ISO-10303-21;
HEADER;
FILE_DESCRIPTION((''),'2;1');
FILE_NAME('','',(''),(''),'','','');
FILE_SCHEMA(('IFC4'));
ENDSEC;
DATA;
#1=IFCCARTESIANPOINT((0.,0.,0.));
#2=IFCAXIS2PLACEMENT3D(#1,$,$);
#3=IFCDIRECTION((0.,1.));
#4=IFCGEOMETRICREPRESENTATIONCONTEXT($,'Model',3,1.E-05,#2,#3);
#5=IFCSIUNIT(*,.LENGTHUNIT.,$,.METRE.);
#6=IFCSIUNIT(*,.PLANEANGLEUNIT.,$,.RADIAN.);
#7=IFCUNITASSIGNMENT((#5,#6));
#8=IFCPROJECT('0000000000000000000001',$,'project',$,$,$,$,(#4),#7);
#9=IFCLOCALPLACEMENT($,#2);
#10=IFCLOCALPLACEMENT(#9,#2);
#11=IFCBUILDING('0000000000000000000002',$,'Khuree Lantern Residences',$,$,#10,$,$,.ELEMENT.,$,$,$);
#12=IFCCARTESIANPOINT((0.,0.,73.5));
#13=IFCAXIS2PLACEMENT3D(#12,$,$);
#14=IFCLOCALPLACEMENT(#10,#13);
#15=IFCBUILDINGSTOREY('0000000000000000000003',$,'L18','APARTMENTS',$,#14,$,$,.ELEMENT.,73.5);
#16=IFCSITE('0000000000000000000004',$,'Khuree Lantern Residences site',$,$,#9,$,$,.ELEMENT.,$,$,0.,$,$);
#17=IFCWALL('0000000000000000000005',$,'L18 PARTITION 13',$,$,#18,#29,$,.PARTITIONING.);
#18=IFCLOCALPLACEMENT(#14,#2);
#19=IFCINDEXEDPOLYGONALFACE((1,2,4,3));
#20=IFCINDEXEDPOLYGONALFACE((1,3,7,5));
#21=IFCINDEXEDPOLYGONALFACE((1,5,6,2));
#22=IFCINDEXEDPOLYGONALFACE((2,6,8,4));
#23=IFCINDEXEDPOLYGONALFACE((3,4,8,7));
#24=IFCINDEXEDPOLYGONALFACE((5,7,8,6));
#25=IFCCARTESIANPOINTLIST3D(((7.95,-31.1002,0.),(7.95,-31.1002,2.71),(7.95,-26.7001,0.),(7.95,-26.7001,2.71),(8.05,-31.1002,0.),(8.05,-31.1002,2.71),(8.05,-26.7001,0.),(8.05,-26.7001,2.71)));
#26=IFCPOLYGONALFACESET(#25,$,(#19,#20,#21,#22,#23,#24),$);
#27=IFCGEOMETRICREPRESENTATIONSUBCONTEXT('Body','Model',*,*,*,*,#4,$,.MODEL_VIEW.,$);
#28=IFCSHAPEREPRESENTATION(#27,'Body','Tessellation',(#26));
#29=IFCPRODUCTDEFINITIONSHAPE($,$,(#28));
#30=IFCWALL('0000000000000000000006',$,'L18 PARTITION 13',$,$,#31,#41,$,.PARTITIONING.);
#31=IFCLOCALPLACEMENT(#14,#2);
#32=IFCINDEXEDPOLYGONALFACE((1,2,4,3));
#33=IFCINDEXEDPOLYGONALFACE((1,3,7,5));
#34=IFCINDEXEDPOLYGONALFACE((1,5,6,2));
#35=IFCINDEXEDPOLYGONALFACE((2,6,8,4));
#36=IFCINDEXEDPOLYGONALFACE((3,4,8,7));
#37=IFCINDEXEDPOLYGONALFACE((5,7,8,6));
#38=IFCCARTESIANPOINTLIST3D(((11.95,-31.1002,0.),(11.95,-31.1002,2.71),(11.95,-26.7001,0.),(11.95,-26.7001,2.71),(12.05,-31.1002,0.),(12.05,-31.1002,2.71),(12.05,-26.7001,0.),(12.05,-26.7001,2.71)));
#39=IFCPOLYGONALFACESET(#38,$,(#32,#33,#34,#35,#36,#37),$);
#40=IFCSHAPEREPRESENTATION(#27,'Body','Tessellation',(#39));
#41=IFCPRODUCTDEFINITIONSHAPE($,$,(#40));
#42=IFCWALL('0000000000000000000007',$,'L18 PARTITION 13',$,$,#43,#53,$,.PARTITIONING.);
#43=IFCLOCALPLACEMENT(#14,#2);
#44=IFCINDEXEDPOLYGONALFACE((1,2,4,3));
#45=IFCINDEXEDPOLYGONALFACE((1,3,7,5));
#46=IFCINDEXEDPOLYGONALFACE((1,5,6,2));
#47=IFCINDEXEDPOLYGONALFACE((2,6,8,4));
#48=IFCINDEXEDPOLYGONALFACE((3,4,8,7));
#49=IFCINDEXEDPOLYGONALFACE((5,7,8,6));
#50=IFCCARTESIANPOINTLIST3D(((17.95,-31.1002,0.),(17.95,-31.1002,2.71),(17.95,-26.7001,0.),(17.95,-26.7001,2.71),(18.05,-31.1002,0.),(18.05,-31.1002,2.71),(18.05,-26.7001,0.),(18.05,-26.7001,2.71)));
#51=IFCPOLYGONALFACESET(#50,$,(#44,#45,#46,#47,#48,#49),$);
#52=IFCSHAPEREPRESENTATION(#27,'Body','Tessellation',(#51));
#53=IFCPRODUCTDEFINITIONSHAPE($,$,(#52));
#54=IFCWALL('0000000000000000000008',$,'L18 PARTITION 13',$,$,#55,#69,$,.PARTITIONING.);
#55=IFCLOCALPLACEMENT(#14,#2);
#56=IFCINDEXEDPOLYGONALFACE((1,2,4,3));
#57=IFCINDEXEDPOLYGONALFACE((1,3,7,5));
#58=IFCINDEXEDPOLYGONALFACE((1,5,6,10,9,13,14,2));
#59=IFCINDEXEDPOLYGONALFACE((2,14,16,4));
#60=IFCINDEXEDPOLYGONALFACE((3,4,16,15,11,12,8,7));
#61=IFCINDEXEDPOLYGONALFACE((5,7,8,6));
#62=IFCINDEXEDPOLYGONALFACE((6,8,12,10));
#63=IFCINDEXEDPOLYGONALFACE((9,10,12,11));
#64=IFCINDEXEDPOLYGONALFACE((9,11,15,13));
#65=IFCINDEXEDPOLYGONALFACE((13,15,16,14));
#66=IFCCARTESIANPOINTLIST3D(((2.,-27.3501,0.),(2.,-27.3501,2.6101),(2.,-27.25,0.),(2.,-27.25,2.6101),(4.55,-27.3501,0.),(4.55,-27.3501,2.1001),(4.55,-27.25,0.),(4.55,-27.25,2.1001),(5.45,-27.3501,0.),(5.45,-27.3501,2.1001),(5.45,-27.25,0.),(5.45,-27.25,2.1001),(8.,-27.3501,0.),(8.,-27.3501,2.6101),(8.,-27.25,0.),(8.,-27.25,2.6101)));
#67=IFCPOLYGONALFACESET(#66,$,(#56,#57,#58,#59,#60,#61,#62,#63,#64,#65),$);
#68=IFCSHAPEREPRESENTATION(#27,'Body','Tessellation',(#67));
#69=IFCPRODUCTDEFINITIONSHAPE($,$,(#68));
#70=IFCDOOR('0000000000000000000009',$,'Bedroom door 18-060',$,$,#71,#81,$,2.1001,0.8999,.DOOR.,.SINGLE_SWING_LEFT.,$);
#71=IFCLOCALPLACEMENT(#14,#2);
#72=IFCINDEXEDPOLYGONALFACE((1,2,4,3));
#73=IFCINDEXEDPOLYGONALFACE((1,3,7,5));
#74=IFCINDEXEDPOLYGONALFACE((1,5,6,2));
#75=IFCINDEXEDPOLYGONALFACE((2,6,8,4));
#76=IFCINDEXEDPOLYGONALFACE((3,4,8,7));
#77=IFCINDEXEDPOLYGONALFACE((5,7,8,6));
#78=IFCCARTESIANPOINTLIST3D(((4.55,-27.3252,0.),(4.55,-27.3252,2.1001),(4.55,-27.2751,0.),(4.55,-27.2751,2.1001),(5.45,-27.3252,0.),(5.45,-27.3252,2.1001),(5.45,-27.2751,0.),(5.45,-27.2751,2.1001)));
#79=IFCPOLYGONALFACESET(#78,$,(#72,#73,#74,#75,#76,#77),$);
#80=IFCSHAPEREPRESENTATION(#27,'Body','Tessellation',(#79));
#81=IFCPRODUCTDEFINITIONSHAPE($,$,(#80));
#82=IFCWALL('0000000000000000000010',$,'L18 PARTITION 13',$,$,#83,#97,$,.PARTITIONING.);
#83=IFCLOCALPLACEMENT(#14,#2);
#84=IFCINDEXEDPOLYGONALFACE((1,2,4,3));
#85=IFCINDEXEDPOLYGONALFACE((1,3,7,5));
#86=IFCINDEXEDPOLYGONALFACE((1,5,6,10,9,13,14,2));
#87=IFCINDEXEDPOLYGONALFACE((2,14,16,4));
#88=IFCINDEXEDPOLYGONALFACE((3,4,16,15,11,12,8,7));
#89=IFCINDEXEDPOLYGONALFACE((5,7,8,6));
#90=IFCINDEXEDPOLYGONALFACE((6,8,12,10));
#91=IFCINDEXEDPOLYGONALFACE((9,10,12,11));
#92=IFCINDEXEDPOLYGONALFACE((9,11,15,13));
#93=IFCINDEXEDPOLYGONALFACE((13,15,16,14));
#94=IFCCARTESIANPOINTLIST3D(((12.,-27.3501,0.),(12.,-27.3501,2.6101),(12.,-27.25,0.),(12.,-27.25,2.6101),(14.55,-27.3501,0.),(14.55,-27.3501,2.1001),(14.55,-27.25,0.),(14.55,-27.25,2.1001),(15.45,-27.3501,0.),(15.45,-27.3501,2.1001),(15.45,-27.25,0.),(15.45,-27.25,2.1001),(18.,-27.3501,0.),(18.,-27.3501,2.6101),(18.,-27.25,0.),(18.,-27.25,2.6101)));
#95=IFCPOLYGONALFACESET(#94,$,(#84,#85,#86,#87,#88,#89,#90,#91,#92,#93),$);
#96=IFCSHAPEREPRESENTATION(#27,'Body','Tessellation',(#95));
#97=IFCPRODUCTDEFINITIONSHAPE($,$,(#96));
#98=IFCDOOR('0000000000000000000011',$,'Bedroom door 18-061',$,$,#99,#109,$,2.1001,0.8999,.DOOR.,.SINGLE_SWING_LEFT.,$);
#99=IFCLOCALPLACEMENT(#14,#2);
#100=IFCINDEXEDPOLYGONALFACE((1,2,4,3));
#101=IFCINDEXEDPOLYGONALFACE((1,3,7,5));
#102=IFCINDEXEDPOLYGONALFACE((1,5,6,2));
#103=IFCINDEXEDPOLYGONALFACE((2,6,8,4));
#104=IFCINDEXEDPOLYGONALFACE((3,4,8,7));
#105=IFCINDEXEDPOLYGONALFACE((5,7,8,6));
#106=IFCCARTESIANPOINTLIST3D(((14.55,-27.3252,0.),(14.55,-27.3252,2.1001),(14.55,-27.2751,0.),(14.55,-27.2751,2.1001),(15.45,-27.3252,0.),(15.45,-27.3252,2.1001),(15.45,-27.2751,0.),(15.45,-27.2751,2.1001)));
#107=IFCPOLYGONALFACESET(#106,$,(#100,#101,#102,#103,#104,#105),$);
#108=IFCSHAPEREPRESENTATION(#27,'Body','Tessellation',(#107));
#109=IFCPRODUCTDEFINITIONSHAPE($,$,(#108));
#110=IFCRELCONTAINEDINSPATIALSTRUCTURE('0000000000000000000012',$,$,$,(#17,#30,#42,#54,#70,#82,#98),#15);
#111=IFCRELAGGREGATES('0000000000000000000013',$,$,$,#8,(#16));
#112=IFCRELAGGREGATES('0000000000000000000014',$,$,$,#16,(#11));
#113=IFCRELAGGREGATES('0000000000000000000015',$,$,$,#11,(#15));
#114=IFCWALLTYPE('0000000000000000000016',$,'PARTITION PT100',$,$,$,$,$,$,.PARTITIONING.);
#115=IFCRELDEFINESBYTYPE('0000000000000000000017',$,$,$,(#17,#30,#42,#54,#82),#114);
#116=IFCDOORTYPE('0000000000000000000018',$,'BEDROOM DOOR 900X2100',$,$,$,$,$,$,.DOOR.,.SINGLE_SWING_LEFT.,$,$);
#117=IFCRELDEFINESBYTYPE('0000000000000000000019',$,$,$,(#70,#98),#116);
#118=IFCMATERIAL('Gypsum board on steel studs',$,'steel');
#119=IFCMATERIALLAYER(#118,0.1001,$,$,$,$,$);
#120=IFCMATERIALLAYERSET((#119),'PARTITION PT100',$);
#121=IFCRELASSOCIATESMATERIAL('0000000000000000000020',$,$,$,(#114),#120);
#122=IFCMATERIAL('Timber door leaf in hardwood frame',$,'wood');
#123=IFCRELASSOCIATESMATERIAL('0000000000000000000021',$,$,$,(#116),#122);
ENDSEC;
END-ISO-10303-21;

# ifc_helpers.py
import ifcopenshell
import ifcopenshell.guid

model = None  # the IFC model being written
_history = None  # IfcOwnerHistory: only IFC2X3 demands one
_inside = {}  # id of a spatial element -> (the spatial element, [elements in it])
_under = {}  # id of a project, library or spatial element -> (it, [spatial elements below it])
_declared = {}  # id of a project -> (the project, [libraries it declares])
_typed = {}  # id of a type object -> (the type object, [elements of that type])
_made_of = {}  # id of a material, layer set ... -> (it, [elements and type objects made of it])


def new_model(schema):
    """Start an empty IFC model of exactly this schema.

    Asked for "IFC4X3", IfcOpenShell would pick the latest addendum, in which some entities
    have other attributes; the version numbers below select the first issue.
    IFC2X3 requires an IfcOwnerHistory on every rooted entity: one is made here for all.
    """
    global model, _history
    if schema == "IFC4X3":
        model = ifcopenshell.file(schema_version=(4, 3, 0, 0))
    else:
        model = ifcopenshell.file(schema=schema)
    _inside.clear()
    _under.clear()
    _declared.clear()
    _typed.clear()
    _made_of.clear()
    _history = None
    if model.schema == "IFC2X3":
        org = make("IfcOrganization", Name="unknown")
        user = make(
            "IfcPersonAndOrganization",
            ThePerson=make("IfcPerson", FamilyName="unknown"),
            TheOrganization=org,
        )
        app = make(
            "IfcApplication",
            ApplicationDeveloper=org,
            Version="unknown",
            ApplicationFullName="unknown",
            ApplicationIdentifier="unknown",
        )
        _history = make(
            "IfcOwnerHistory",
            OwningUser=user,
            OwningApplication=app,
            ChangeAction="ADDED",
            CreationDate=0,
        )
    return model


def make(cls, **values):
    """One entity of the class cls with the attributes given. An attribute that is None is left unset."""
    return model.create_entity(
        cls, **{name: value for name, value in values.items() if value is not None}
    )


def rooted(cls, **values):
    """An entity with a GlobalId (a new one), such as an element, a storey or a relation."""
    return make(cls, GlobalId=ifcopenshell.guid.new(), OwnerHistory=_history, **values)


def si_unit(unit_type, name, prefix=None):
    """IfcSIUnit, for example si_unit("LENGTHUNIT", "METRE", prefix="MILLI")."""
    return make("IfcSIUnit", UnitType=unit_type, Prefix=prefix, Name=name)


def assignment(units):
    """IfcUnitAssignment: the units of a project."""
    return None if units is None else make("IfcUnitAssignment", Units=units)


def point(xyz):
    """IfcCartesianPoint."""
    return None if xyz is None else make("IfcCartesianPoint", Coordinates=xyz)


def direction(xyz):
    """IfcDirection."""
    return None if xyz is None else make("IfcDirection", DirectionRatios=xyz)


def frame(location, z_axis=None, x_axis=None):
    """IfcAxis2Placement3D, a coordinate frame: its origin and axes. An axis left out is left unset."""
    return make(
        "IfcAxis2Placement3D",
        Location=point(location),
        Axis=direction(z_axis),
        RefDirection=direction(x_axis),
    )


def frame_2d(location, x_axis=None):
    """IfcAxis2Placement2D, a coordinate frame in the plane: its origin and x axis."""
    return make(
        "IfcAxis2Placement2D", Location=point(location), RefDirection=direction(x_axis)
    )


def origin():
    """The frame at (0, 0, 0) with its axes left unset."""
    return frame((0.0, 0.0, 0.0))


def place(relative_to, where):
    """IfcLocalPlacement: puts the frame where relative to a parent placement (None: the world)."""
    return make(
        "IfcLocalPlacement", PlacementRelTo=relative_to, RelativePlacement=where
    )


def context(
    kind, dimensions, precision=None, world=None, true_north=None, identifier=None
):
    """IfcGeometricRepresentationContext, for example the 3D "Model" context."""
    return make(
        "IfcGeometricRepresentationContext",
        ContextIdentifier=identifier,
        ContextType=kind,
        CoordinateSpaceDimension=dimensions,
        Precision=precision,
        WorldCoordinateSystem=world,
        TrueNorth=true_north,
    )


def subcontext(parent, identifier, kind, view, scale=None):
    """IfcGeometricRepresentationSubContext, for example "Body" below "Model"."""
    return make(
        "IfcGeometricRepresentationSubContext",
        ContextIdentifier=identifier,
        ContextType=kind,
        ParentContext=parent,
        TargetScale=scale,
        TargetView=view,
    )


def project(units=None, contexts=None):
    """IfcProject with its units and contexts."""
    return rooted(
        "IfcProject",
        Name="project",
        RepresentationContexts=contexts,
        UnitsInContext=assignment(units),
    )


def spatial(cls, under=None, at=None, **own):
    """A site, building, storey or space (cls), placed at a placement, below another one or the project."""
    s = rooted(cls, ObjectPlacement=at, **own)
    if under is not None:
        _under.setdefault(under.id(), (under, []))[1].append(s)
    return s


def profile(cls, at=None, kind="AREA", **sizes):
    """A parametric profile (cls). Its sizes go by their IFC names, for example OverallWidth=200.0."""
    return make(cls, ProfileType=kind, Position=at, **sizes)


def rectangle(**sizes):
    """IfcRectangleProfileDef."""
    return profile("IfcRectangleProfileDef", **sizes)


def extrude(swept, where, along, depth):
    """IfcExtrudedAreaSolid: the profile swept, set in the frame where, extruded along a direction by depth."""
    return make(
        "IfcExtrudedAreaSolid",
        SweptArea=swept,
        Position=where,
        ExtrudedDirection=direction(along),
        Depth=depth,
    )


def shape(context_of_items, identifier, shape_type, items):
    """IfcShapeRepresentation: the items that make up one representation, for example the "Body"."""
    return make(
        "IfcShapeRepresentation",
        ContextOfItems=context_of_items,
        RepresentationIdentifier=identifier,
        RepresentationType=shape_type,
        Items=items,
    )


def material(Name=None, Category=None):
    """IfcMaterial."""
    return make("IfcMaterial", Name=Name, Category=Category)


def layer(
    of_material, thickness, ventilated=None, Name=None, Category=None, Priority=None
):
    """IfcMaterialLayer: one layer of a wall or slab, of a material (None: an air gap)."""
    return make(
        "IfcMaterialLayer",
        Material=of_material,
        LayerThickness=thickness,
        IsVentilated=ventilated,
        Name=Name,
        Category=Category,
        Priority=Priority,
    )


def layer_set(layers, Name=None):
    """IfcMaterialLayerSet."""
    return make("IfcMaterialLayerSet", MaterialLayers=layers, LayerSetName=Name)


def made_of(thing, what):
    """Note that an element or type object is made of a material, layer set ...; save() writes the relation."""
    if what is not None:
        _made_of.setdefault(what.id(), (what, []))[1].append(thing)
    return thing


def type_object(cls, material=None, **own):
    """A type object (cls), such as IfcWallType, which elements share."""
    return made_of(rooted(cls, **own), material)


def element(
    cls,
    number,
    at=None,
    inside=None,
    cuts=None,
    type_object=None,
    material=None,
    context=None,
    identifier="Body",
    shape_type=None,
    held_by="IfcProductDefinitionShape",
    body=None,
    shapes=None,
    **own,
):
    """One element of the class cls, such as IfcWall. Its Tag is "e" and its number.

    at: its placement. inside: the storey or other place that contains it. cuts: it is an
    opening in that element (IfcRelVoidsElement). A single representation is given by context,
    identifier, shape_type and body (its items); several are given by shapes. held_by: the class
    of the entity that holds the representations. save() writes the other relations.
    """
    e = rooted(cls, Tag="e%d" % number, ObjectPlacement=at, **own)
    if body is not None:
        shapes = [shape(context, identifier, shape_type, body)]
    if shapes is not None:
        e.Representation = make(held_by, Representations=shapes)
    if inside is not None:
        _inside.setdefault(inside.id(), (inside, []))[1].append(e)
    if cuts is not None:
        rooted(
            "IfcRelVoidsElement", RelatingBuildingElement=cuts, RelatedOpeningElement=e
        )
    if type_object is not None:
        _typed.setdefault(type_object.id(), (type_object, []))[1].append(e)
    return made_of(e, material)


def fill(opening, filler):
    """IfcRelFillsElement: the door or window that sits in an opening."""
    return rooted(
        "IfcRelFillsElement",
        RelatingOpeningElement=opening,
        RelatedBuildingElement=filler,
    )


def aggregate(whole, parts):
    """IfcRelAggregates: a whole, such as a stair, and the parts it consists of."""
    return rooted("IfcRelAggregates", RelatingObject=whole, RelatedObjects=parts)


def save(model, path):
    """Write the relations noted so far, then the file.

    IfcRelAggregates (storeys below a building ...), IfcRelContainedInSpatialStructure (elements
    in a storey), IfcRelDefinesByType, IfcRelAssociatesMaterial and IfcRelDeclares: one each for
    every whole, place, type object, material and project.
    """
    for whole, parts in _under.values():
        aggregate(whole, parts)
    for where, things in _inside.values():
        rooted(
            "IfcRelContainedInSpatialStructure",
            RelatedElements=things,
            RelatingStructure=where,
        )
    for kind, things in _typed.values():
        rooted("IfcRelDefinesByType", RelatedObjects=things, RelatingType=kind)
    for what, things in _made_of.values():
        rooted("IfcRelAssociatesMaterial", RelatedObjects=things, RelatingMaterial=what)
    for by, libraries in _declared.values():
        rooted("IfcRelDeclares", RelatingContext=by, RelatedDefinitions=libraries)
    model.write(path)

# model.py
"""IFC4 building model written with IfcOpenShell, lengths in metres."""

from ifc_helpers import new_model, si_unit, direction, frame, frame_2d, origin, place, context, subcontext, project, spatial, rectangle, extrude, material, layer, layer_set, type_object, element, fill, save


model = new_model("IFC4")

# Units and contexts
model_context = context("Model", 3, precision=1e-05, world=origin(), true_north=direction((0.0, 1.0)))
body_context = subcontext(model_context, "Body", "Model", "MODEL_VIEW")
ifc_project = project(units=[si_unit("LENGTHUNIT", "METRE"), si_unit("PLANEANGLEUNIT", "RADIAN")], contexts=[model_context])

# Site, building, storey
site_placement = place(None, origin())
site = spatial("IfcSite", under=ifc_project, at=site_placement, Name="Khuree Lantern Residences site", CompositionType="ELEMENT", RefElevation=0.0)
building_placement = place(site_placement, origin())
building = spatial("IfcBuilding", under=site, at=building_placement, Name="Khuree Lantern Residences", CompositionType="ELEMENT")
storey_placement = place(building_placement, frame((0.0, 0.0, 73.5)))
storey = spatial("IfcBuildingStorey", under=building, at=storey_placement, Name="L18", Description="APARTMENTS", CompositionType="ELEMENT", Elevation=73.5)

# Shared definitions
ifc_material_1 = material(Name="Timber door leaf in hardwood frame", Category="wood")

# Walls
ifc_material_2 = material(Name="Gypsum board on steel studs", Category="steel")
ifc_layer_1 = layer(ifc_material_2, 0.1001)
ifc_layer_set_1 = layer_set([ifc_layer_1], Name="PARTITION PT100")
wall_type_1 = type_object("IfcWallType", Name="PARTITION PT100", PredefinedType="PARTITIONING", material=ifc_layer_set_1)
for number, where, z_axis, x_axis, name in (
    (1, (8.0, -26.7, 0.0), (0.0, 0.0, 1.0), (0.0, -1.0, 0.0), "L18 PARTITION 13"),
    (2, (12.0, -26.7, 0.0), (0.0, 0.0, 1.0), (0.0, -1.0, 0.0), "L18 PARTITION 13"),
    (3, (18.0, -26.7, 0.0), (0.0, 0.0, 1.0), (0.0, -1.0, 0.0), "L18 PARTITION 13"),
):
    element("IfcWall", number, at=place(storey_placement, frame(where, z_axis=z_axis, x_axis=x_axis)), inside=storey, type_object=wall_type_1, Name=name, PredefinedType="PARTITIONING", context=body_context, shape_type="SweptSolid", body=[
        extrude(rectangle(XDim=4.4001, YDim=0.1001, at=frame_2d((2.2002, 0.0))), origin(), (0.0, 0.0, 1.0), 2.71),
    ])

# Walls, openings, doors
wall_1_placement = place(storey_placement, frame((2.0, -27.3, 0.0), z_axis=(0.0, 0.0, 1.0), x_axis=(1.0, 0.0, 0.0)))
wall_1 = element("IfcWall", 4, at=wall_1_placement, inside=storey, type_object=wall_type_1, Name="L18 PARTITION 13", PredefinedType="PARTITIONING", context=body_context, shape_type="SweptSolid", body=[
    extrude(rectangle(XDim=6.0, YDim=0.1001, at=frame_2d((3.0, 0.0))), origin(), (0.0, 0.0, 1.0), 2.6101),
])
opening_1_placement = place(wall_1_placement, frame((2.55, 0.0, 0.0)))
opening_1 = element("IfcOpeningElement", 5, at=opening_1_placement, cuts=wall_1, PredefinedType="OPENING", context=body_context, shape_type="SweptSolid", body=[
    extrude(rectangle(XDim=0.8999, YDim=2.1001, at=frame_2d((0.45, 1.05))), frame((0.0, 0.0601, 0.0), z_axis=(0.0, -1.0, 0.0), x_axis=(1.0, 0.0, 0.0)), (0.0, 0.0, 1.0), 0.1201),
])
door_type_1 = type_object("IfcDoorType", Name="BEDROOM DOOR 900X2100", OperationType="SINGLE_SWING_LEFT", PredefinedType="DOOR", material=ifc_material_1)
door_1_placement = place(opening_1_placement, origin())
door_1 = element("IfcDoor", 6, at=door_1_placement, inside=storey, type_object=door_type_1, Name="Bedroom door 18-060", OperationType="SINGLE_SWING_LEFT", OverallHeight=2.1001, OverallWidth=0.8999, PredefinedType="DOOR", context=body_context, shape_type="SweptSolid", body=[
    extrude(rectangle(XDim=0.8999, YDim=2.1001, at=frame_2d((0.45, 1.05))), frame((0.0, 0.0249, 0.0), z_axis=(0.0, -1.0, 0.0), x_axis=(1.0, 0.0, 0.0)), (0.0, 0.0, 1.0), 0.05),
])
fill(opening_1, door_1)
wall_2_placement = place(storey_placement, frame((12.0, -27.3, 0.0), z_axis=(0.0, 0.0, 1.0), x_axis=(1.0, 0.0, 0.0)))
wall_2 = element("IfcWall", 7, at=wall_2_placement, inside=storey, type_object=wall_type_1, Name="L18 PARTITION 13", PredefinedType="PARTITIONING", context=body_context, shape_type="SweptSolid", body=[
    extrude(rectangle(XDim=6.0, YDim=0.1001, at=frame_2d((3.0, 0.0))), origin(), (0.0, 0.0, 1.0), 2.6101),
])
opening_2_placement = place(wall_2_placement, frame((2.55, 0.0, 0.0)))
opening_2 = element("IfcOpeningElement", 8, at=opening_2_placement, cuts=wall_2, PredefinedType="OPENING", context=body_context, shape_type="SweptSolid", body=[
    extrude(rectangle(XDim=0.8999, YDim=2.1001, at=frame_2d((0.45, 1.05))), frame((0.0, 0.0601, 0.0), z_axis=(0.0, -1.0, 0.0), x_axis=(1.0, 0.0, 0.0)), (0.0, 0.0, 1.0), 0.1201),
])
door_2_placement = place(opening_2_placement, origin())
door_2 = element("IfcDoor", 9, at=door_2_placement, inside=storey, type_object=door_type_1, Name="Bedroom door 18-061", OperationType="SINGLE_SWING_LEFT", OverallHeight=2.1001, OverallWidth=0.8999, PredefinedType="DOOR", context=body_context, shape_type="SweptSolid", body=[
    extrude(rectangle(XDim=0.8999, YDim=2.1001, at=frame_2d((0.45, 1.05))), frame((0.0, 0.0249, 0.0), z_axis=(0.0, -1.0, 0.0), x_axis=(1.0, 0.0, 0.0)), (0.0, 0.0, 1.0), 0.05),
])
fill(opening_2, door_2)

save(model, "model.ifc")
